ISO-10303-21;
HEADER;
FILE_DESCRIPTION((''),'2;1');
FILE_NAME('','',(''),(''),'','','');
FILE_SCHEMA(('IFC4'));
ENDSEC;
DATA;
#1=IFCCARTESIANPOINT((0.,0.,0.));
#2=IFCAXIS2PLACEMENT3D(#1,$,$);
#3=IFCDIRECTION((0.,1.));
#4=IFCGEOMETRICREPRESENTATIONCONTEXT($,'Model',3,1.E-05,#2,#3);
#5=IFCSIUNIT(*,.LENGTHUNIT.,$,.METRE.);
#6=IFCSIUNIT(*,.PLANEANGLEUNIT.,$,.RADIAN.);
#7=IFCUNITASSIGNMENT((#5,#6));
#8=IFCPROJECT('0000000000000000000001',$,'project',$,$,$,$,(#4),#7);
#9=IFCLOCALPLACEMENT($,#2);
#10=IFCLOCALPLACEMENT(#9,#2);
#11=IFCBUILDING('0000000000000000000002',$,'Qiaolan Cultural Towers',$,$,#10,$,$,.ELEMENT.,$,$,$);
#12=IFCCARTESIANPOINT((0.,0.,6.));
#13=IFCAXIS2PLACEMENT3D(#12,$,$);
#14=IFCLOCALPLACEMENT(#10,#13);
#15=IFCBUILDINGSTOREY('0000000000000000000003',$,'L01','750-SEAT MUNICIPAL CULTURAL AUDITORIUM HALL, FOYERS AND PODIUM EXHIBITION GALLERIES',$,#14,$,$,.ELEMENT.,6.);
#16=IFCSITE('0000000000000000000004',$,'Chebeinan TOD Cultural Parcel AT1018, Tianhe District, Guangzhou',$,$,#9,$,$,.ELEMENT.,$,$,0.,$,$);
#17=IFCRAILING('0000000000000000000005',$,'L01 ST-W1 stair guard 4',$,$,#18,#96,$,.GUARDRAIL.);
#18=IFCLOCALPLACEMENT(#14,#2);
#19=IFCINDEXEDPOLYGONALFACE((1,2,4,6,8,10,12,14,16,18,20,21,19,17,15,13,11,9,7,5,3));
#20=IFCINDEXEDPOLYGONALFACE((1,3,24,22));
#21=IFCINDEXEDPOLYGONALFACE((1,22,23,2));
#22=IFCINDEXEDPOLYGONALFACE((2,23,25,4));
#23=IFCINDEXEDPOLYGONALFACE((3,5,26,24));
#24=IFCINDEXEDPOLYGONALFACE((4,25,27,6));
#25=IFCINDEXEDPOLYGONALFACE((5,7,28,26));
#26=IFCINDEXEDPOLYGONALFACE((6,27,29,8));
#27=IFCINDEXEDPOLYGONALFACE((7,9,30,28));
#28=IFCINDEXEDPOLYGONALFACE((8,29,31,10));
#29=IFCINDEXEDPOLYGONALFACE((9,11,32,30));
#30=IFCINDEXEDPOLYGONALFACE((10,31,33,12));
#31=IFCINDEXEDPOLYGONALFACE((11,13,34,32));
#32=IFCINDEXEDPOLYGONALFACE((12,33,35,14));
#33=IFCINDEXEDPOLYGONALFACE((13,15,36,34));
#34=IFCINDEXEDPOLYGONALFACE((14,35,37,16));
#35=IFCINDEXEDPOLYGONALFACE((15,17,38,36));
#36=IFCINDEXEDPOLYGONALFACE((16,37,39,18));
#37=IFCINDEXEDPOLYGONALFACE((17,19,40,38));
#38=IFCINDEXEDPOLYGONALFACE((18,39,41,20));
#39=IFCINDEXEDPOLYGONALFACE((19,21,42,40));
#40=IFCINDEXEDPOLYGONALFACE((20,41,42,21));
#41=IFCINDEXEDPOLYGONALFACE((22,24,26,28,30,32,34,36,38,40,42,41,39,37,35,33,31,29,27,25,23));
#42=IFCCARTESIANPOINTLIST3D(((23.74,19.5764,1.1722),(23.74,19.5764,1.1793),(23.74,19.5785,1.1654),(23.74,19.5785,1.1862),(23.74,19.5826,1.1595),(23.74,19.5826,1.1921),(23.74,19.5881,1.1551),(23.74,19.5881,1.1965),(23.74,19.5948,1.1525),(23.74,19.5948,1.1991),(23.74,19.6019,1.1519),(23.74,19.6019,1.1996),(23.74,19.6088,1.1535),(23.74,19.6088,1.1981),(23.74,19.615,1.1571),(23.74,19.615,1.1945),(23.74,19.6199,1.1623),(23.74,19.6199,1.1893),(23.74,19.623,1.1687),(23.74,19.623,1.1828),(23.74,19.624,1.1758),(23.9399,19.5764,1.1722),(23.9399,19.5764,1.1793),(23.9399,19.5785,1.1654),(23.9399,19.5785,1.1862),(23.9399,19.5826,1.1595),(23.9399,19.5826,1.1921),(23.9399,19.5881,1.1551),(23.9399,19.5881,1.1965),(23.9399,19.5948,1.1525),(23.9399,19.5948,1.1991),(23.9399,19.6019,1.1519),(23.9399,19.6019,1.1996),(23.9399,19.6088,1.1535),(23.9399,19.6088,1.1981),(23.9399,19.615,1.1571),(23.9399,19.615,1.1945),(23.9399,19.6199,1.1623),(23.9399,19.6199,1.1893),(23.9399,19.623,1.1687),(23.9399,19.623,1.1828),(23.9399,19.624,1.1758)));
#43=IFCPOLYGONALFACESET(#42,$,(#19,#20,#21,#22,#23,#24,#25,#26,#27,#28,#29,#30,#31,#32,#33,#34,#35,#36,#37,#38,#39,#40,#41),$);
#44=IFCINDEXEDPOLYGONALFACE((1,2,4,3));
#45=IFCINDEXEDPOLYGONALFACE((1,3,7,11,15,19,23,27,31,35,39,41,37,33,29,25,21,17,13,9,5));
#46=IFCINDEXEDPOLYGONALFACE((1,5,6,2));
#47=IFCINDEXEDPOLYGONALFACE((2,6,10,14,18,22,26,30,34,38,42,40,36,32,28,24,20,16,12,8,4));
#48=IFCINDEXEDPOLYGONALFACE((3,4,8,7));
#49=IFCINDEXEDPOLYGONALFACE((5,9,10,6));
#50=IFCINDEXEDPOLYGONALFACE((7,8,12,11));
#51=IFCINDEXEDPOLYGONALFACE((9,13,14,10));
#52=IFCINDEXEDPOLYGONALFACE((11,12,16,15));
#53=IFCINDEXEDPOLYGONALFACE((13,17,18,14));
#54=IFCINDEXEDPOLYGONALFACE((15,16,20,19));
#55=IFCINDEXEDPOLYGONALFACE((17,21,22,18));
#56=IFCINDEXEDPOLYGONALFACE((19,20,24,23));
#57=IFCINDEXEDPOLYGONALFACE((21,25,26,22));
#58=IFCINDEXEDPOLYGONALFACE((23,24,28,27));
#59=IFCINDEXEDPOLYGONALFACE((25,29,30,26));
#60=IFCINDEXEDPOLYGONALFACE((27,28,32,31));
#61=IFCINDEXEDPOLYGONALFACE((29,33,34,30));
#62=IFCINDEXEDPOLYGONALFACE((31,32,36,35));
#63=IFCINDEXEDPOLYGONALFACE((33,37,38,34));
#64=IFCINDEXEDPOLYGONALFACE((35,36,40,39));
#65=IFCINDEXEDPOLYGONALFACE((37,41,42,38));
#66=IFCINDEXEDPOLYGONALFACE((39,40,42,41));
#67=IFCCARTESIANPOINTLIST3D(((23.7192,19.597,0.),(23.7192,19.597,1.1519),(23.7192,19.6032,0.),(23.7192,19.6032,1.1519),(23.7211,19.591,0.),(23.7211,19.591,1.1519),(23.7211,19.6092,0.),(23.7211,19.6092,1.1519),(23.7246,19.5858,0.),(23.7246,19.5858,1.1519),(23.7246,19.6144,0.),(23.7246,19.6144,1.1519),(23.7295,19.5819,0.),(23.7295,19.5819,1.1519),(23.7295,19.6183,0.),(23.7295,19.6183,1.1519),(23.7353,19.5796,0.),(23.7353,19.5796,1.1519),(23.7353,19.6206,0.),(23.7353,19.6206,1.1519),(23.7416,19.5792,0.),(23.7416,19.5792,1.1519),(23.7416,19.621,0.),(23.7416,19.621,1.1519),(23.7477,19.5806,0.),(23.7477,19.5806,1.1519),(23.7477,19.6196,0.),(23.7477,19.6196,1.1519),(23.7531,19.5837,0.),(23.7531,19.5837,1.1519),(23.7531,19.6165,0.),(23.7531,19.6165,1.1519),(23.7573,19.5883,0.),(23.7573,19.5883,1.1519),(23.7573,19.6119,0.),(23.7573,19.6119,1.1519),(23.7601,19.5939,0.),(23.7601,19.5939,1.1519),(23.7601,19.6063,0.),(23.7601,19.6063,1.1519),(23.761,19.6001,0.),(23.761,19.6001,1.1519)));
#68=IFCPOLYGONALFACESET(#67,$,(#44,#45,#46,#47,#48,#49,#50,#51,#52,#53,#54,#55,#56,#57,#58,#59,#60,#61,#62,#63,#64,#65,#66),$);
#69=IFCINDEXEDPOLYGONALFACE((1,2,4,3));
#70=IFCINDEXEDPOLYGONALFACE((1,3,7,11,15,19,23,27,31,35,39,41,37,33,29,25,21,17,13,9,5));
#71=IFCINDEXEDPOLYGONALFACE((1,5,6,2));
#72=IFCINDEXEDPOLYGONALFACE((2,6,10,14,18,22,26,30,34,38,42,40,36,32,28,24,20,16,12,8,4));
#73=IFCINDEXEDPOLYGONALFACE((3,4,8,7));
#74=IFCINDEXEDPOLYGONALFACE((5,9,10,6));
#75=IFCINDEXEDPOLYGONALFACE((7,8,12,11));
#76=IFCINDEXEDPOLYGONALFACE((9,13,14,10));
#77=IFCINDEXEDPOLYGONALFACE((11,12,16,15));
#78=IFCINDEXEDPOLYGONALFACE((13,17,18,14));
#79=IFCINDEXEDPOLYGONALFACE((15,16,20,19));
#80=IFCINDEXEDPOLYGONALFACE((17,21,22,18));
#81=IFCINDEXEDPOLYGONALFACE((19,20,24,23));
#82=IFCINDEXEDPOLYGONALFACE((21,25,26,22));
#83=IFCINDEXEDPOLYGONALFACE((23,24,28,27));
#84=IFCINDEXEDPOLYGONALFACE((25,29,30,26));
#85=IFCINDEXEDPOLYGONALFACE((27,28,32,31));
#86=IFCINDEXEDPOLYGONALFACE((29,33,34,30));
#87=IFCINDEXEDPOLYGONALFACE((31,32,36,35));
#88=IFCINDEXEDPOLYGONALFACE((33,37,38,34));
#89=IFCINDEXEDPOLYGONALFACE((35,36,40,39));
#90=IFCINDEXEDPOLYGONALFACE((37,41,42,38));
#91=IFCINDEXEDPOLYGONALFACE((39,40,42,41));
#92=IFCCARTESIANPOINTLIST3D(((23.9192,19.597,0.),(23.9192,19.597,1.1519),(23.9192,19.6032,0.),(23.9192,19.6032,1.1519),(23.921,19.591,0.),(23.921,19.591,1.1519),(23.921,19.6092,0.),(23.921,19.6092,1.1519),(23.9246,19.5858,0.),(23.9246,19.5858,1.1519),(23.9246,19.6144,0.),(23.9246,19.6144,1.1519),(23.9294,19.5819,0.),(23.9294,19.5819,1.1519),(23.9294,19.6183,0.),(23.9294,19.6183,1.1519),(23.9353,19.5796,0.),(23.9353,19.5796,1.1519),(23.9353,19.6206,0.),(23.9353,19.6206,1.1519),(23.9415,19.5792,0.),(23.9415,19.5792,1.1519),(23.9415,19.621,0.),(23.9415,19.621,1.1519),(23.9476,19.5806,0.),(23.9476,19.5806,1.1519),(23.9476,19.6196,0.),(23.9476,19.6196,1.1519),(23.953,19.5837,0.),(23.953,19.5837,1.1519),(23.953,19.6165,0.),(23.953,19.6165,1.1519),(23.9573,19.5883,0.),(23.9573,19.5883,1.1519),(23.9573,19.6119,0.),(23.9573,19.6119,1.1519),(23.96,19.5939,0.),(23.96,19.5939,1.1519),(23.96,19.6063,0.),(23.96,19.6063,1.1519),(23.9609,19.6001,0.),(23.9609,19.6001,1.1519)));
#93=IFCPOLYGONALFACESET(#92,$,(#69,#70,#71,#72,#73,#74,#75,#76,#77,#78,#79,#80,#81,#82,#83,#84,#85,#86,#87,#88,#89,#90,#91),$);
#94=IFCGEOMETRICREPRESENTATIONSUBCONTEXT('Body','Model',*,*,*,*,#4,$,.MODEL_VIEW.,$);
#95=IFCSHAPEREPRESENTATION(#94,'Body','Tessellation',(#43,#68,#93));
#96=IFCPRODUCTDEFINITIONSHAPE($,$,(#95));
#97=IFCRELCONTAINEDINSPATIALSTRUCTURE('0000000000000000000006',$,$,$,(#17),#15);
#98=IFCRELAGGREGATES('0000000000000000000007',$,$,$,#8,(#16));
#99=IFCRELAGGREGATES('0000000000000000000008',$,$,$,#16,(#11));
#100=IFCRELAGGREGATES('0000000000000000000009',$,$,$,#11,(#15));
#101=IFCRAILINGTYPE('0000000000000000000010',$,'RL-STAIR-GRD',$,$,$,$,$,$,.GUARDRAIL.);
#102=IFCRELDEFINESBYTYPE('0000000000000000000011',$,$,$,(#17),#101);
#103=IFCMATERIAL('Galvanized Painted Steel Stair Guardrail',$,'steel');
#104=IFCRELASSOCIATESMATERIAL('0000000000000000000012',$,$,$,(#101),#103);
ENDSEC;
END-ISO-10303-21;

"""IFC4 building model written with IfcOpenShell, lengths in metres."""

from ifc_helpers import new_model, si_unit, direction, frame, origin, origin_2d, place, context, subcontext, project, spatial, circle, extrude, material, type_object, element, save


model = new_model("IFC4")

# Units and contexts
model_context = context("Model", 3, precision=1e-05, world=origin(), true_north=direction((0.0, 1.0)))
body_context = subcontext(model_context, "Body", "Model", "MODEL_VIEW")
ifc_project = project(units=[si_unit("LENGTHUNIT", "METRE"), si_unit("PLANEANGLEUNIT", "RADIAN")], contexts=[model_context])

# Site, building, storey
site_placement = place(None, origin())
site = spatial("IfcSite", under=ifc_project, at=site_placement, Name="Chebeinan TOD Cultural Parcel AT1018, Tianhe District, Guangzhou", CompositionType="ELEMENT", RefElevation=0.0)
building_placement = place(site_placement, origin())
building = spatial("IfcBuilding", under=site, at=building_placement, Name="Qiaolan Cultural Towers", CompositionType="ELEMENT")
storey_placement = place(building_placement, frame((0.0, 0.0, 6.0)))
storey = spatial("IfcBuildingStorey", under=building, at=storey_placement, Name="L01", Description="750-SEAT MUNICIPAL CULTURAL AUDITORIUM HALL, FOYERS AND PODIUM EXHIBITION GALLERIES", CompositionType="ELEMENT", Elevation=6.0)

# Railing
ifc_material_1 = material(Name="Galvanized Painted Steel Stair Guardrail", Category="steel")
railing_type_1 = type_object("IfcRailingType", Name="RL-STAIR-GRD", PredefinedType="GUARDRAIL", material=ifc_material_1)
railing_1_placement = place(storey_placement, frame((23.74, 19.6001, 0.0)))
element("IfcRailing", 1, at=railing_1_placement, inside=storey, type_object=railing_type_1, Name="L01 ST-W1 stair guard 4", PredefinedType="GUARDRAIL", context=body_context, shape_type="SweptSolid", body=[
    extrude(circle(Radius=0.0239, at=origin_2d()), frame((0.0, 0.0, 1.1758), z_axis=(1.0, 0.0, 0.0), x_axis=(0.0, 1.0, 0.0)), (0.0, 0.0, 1.0), 0.2),
    extrude(circle(Radius=0.021, at=origin_2d()), origin(), (0.0, 0.0, 1.0), 1.1519),
    extrude(circle(Radius=0.021, at=origin_2d()), frame((0.2, 0.0, 0.0)), (0.0, 0.0, 1.0), 1.1519),
])

save(model, "model.ifc")
